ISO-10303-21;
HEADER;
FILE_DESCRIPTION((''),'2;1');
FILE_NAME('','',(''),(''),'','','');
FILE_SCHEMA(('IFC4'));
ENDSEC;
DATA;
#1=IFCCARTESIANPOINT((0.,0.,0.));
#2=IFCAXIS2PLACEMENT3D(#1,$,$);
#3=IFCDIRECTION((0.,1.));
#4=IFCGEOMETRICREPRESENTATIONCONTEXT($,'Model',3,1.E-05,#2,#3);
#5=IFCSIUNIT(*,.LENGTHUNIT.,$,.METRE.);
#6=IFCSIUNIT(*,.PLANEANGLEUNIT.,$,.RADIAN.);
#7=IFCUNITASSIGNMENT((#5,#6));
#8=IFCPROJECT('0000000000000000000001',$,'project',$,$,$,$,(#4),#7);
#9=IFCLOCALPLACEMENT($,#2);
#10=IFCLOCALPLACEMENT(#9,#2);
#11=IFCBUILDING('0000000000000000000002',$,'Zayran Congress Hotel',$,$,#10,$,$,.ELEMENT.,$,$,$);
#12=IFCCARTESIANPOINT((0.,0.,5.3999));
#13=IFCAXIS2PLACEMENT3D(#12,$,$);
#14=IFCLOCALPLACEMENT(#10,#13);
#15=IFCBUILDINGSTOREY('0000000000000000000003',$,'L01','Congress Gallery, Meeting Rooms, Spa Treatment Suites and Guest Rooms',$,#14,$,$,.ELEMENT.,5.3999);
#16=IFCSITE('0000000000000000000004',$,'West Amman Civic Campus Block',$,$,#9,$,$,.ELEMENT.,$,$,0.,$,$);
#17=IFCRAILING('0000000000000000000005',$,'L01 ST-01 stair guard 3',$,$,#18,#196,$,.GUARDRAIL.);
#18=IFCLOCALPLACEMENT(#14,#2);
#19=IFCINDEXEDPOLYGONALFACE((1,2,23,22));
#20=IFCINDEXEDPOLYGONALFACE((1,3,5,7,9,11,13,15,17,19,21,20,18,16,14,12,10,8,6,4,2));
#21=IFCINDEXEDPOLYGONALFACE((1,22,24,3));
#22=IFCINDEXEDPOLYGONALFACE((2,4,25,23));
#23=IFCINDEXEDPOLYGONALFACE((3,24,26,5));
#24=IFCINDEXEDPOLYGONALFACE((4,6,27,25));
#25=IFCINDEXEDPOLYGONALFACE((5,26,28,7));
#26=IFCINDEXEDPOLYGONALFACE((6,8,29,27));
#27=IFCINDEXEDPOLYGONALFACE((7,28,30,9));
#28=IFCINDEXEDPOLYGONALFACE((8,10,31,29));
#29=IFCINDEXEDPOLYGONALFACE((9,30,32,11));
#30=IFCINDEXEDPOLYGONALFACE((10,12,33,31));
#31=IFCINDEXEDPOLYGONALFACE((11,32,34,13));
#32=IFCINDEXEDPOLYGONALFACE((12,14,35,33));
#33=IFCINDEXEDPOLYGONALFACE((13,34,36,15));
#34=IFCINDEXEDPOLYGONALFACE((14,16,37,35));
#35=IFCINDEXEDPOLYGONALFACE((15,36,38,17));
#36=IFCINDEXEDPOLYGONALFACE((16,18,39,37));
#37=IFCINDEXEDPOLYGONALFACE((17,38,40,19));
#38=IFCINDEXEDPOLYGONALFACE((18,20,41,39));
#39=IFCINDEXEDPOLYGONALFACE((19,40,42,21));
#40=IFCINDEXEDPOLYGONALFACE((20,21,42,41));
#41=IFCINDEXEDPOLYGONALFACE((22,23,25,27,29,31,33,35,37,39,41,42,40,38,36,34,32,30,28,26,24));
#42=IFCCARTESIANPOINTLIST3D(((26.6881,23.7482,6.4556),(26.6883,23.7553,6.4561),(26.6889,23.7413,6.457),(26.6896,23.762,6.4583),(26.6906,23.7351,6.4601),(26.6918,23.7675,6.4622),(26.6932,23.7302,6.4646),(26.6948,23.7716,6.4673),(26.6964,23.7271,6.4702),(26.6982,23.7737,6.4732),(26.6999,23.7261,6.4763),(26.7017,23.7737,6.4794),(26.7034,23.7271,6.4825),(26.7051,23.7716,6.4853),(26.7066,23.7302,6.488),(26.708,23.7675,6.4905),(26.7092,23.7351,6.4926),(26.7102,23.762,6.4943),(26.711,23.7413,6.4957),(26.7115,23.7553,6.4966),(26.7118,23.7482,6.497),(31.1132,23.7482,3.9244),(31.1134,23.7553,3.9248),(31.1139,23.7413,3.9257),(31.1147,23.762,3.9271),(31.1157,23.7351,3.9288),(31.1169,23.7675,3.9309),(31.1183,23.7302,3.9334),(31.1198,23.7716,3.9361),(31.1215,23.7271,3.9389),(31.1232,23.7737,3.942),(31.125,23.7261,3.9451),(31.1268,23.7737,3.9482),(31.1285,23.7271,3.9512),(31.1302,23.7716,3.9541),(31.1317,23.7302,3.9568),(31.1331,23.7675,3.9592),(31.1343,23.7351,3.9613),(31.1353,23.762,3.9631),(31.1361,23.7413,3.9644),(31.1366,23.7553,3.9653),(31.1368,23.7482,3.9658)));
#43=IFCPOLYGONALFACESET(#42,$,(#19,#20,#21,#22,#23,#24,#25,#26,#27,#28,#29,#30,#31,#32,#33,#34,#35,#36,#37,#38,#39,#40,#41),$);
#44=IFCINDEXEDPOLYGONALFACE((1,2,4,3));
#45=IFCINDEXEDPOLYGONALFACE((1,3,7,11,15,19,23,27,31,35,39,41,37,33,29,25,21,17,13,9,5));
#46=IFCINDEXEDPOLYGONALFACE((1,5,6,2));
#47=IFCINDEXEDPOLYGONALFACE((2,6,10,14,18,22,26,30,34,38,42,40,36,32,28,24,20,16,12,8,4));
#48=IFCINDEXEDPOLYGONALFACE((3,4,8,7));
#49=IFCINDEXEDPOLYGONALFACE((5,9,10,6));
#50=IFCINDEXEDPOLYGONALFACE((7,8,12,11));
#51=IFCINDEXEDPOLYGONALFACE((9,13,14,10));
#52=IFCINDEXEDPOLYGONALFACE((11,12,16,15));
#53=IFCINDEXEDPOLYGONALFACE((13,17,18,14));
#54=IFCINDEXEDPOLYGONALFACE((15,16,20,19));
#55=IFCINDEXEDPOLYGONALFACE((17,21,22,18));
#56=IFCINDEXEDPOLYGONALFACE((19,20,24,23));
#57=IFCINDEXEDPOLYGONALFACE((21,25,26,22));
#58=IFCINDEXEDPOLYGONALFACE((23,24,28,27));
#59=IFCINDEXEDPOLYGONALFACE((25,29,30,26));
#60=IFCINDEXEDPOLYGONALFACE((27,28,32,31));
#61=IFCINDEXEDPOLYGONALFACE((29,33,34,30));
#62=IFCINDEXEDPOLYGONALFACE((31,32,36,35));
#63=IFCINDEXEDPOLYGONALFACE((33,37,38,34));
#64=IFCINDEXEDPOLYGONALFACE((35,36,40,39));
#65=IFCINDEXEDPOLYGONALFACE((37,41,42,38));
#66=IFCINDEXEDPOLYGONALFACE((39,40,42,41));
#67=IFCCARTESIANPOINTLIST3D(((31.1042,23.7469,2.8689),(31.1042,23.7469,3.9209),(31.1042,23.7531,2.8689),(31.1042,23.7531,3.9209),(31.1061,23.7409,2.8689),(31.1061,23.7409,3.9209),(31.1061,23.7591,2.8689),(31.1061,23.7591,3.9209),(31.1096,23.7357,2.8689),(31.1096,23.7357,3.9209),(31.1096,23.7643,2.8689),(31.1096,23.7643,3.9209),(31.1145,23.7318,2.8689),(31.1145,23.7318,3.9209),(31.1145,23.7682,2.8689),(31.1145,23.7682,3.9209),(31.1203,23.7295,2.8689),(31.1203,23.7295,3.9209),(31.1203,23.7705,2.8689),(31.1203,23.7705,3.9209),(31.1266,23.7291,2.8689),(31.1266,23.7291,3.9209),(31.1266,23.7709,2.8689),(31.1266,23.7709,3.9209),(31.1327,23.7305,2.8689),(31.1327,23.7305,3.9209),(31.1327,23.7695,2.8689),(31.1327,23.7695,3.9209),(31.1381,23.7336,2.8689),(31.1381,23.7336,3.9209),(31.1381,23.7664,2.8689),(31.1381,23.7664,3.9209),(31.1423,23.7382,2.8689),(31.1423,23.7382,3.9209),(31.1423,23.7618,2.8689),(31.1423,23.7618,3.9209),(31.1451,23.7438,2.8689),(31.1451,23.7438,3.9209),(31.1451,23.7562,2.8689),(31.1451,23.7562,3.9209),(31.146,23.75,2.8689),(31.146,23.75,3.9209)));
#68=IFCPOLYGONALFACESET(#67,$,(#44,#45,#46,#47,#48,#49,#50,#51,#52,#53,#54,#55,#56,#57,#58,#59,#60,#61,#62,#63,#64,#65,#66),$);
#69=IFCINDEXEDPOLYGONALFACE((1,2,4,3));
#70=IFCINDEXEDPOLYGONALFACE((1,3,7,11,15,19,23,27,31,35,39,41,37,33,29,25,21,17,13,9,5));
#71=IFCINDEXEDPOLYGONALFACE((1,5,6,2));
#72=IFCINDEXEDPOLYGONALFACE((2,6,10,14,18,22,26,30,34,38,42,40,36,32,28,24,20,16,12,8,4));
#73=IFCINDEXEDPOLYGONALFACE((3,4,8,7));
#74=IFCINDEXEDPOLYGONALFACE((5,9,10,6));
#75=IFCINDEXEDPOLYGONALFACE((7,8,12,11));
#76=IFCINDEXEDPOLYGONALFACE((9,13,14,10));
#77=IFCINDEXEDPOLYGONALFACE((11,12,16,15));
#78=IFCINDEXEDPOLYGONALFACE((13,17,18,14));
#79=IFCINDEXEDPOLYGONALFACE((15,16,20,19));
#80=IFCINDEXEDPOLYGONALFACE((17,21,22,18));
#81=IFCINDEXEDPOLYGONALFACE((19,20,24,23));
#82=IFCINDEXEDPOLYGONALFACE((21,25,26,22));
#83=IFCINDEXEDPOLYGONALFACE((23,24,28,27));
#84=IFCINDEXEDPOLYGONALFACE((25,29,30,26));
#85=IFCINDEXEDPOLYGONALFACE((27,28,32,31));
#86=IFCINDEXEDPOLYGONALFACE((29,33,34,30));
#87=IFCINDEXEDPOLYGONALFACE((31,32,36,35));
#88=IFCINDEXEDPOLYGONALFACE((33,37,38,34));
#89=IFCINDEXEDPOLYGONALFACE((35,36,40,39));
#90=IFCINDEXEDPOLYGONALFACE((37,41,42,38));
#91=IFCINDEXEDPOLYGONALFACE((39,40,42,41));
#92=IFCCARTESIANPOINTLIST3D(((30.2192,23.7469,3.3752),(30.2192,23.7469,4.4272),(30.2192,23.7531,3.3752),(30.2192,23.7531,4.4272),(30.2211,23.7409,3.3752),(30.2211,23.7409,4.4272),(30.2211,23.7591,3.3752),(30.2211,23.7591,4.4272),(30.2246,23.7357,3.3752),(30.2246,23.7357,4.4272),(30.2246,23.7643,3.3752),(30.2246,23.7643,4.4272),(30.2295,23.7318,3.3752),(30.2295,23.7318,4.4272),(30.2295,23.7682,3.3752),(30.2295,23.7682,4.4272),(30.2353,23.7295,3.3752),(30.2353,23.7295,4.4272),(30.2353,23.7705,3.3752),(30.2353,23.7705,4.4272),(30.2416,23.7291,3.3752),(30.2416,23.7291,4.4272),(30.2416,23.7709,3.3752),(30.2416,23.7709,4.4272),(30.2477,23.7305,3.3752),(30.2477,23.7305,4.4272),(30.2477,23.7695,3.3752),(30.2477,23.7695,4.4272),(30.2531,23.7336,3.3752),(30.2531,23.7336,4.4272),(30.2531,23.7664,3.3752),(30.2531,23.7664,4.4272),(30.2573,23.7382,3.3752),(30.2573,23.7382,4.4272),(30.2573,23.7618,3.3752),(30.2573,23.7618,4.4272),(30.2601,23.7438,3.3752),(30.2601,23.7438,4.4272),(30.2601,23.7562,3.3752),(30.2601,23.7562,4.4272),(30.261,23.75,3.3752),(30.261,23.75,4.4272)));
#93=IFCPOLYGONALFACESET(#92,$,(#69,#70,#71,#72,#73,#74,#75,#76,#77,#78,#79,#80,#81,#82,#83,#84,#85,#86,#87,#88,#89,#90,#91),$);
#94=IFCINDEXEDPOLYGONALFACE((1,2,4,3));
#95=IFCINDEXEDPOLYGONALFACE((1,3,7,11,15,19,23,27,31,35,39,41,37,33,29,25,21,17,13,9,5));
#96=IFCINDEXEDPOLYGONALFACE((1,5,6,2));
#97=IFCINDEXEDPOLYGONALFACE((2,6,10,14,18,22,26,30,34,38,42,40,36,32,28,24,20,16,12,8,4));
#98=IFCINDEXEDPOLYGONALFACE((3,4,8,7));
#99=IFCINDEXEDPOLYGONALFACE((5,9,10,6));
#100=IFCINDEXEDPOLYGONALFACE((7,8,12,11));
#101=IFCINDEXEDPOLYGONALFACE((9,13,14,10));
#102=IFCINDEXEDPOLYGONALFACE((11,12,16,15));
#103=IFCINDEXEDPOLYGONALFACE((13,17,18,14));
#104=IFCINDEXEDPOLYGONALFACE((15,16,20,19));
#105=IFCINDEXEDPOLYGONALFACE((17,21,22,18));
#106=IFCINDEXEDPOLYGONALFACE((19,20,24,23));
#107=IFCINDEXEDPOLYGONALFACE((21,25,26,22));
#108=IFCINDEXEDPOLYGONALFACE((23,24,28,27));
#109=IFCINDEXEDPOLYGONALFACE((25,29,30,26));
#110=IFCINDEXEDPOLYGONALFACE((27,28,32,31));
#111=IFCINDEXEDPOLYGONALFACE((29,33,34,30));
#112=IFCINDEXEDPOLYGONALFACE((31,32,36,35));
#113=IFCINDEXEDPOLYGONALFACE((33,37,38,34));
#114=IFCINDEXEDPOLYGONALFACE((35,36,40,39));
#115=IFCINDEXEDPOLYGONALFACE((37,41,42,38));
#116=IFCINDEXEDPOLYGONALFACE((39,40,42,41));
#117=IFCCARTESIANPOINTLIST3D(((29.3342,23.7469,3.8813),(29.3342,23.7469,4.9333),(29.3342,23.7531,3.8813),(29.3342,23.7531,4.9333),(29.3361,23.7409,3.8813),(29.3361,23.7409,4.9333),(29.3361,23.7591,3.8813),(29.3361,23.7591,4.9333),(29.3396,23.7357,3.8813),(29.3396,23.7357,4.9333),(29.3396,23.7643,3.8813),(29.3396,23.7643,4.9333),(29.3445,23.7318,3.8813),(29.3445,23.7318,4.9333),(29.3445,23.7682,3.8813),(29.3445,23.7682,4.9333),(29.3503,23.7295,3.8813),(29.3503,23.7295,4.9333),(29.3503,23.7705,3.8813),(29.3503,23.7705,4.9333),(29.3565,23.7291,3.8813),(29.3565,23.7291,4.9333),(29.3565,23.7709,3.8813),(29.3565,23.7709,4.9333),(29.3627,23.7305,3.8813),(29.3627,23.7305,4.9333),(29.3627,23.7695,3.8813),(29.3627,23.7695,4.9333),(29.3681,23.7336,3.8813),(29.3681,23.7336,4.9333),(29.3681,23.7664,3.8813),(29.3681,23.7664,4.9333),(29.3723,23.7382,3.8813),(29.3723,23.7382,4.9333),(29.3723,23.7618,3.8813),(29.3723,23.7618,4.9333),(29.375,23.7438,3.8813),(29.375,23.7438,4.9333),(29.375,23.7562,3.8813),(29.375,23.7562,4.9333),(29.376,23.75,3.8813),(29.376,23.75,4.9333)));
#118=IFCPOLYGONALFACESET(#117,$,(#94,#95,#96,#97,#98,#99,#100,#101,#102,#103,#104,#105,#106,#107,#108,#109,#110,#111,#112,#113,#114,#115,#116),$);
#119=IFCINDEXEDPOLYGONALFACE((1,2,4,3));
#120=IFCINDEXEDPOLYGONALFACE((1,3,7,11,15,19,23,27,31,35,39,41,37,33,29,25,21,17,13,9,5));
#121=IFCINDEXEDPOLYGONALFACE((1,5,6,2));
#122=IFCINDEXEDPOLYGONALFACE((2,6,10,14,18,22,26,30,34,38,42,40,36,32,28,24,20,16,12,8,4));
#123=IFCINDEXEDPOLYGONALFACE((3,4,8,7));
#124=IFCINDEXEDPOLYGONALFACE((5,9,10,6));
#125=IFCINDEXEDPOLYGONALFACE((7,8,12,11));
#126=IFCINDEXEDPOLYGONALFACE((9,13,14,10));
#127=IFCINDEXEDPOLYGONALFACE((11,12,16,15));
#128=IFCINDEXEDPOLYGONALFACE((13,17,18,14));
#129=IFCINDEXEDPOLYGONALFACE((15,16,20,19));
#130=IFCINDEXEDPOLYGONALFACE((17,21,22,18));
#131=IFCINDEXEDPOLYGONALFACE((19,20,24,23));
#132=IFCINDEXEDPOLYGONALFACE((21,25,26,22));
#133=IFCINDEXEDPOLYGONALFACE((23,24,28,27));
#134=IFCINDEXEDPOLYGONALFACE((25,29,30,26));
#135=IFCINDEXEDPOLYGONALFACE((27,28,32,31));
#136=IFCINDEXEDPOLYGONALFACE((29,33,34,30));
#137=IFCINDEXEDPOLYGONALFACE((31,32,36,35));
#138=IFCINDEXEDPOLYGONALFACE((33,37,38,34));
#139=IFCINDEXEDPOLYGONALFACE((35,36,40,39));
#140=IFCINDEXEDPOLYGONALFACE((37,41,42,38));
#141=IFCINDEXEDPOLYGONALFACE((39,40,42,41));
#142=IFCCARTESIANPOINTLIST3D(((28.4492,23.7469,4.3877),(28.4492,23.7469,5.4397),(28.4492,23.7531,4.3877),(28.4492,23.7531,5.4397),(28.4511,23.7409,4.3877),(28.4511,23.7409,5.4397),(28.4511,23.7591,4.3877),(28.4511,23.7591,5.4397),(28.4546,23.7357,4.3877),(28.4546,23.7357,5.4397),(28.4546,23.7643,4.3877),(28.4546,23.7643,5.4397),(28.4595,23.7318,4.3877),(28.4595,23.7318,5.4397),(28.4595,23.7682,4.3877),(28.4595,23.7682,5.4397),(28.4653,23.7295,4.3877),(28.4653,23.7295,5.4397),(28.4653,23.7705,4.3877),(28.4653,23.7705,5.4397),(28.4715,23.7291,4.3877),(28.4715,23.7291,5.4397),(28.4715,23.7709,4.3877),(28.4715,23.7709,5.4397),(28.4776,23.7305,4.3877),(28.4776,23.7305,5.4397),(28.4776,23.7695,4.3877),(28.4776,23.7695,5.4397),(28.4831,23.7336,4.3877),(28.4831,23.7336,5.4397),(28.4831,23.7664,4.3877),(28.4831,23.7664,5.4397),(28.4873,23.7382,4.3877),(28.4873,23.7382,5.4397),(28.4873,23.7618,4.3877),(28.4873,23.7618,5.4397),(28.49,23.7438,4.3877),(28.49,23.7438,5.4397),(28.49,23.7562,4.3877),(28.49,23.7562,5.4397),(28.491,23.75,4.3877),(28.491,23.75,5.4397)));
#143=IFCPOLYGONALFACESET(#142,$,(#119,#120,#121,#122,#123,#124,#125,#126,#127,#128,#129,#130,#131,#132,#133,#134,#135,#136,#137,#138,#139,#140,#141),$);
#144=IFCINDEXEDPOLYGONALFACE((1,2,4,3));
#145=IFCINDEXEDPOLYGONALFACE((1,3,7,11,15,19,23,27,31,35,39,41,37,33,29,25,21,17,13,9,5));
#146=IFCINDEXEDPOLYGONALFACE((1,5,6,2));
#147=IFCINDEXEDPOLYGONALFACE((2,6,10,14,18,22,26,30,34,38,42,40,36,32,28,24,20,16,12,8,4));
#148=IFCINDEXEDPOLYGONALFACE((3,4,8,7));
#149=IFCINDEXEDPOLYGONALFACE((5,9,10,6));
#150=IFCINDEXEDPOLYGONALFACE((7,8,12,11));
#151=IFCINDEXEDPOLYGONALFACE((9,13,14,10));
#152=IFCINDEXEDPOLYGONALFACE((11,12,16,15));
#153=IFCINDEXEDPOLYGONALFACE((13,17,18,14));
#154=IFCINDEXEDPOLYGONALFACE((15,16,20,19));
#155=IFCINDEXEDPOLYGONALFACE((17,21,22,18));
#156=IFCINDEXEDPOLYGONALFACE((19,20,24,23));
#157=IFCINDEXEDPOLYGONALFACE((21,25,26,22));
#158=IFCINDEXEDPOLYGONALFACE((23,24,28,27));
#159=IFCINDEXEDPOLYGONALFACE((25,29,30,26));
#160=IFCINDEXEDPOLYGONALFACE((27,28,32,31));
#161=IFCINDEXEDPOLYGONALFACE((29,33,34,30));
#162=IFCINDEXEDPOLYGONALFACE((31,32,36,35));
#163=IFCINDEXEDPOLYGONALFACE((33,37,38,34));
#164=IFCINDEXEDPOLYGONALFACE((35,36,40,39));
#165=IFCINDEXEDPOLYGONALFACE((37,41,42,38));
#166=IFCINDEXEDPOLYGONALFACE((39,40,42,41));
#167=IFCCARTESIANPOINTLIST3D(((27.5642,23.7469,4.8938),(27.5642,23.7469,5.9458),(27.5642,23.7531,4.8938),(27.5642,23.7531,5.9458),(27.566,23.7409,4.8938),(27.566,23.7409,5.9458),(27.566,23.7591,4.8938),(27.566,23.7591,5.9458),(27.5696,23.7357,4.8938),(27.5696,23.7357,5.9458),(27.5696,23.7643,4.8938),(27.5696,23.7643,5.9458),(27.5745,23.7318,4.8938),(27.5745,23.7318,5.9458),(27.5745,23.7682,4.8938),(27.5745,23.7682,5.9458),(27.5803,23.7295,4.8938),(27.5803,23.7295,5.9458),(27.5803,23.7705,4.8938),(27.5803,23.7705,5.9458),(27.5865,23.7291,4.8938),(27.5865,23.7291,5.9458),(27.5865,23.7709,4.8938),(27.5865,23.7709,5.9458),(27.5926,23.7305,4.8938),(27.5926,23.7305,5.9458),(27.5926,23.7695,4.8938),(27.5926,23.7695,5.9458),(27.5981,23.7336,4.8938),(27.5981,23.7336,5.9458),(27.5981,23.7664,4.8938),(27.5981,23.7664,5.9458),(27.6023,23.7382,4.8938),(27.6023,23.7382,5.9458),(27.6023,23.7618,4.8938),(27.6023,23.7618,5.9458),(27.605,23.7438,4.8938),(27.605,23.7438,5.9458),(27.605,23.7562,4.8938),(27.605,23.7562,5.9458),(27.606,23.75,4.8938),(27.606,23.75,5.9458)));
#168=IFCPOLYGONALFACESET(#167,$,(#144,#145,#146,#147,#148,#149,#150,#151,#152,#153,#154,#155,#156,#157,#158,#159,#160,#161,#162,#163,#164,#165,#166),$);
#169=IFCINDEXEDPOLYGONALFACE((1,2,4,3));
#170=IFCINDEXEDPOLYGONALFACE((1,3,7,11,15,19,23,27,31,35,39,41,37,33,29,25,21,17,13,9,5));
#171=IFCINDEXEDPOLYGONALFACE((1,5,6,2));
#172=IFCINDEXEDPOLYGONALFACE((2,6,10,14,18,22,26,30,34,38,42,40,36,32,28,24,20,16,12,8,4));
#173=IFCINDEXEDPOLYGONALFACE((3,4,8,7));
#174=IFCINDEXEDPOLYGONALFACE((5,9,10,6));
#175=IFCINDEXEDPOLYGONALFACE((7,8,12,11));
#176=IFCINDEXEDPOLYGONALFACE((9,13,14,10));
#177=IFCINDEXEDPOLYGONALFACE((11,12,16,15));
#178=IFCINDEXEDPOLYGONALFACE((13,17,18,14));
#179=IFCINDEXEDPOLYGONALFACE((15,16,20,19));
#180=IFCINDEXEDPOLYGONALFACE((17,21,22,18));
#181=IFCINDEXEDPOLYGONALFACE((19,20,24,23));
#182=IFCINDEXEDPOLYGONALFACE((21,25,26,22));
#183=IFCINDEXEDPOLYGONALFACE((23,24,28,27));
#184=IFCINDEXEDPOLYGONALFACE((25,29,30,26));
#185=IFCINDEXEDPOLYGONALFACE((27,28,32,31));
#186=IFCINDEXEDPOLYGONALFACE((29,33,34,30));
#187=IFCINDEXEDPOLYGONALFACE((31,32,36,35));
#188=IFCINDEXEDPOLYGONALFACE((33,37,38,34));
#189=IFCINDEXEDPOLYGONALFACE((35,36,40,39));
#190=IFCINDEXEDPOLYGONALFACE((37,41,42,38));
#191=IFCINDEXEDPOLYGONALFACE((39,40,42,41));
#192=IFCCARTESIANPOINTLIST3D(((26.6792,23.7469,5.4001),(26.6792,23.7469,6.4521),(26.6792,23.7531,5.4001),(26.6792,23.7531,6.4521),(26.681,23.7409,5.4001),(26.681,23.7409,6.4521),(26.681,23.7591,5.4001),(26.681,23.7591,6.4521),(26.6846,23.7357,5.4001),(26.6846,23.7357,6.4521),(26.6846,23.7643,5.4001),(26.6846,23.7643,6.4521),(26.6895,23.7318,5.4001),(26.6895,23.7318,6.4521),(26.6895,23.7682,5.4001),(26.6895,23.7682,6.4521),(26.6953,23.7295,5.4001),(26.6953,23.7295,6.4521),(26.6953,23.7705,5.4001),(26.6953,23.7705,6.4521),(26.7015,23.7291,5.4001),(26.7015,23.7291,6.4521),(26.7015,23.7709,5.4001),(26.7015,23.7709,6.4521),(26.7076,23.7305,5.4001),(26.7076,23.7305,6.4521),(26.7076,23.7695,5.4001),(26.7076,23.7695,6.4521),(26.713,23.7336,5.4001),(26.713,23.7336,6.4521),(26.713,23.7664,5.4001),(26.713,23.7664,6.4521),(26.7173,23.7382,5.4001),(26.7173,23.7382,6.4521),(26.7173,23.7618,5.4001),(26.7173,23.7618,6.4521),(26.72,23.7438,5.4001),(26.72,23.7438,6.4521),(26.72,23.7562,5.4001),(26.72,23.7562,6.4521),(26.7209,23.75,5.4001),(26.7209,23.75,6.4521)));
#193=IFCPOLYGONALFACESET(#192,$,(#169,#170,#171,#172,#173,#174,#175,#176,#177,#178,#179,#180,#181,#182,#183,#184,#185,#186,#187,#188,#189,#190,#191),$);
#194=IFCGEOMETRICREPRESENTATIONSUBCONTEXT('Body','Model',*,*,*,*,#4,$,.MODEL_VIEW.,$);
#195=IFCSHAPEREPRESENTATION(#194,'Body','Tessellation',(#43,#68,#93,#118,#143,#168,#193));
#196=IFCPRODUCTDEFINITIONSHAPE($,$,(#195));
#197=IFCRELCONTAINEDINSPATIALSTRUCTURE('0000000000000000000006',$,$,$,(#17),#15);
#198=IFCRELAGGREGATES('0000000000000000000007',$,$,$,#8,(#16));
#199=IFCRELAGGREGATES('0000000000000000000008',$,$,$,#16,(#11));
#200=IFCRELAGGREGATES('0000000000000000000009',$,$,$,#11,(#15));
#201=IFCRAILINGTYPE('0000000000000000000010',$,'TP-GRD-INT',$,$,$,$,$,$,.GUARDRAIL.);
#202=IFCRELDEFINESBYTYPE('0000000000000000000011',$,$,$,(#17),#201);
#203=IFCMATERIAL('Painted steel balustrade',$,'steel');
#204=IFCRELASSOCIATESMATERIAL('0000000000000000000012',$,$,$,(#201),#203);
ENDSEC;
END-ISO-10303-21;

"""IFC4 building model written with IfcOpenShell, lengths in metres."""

from ifc_helpers import new_model, si_unit, direction, frame, origin, origin_2d, place, context, subcontext, project, spatial, circle, extrude, material, type_object, element, save


model = new_model("IFC4")

# Units and contexts
model_context = context("Model", 3, precision=1e-05, world=origin(), true_north=direction((0.0, 1.0)))
body_context = subcontext(model_context, "Body", "Model", "MODEL_VIEW")
ifc_project = project(units=[si_unit("LENGTHUNIT", "METRE"), si_unit("PLANEANGLEUNIT", "RADIAN")], contexts=[model_context])

# Site, building, storey
site_placement = place(None, origin())
site = spatial("IfcSite", under=ifc_project, at=site_placement, Name="West Amman Civic Campus Block", CompositionType="ELEMENT", RefElevation=0.0)
building_placement = place(site_placement, origin())
building = spatial("IfcBuilding", under=site, at=building_placement, Name="Zayran Congress Hotel", CompositionType="ELEMENT")
storey_placement = place(building_placement, frame((0.0, 0.0, 5.3999)))
storey = spatial("IfcBuildingStorey", under=building, at=storey_placement, Name="L01", Description="Congress Gallery, Meeting Rooms, Spa Treatment Suites and Guest Rooms", CompositionType="ELEMENT", Elevation=5.3999)

# Railing
ifc_material_1 = material(Name="Painted steel balustrade", Category="steel")
railing_type_1 = type_object("IfcRailingType", Name="TP-GRD-INT", PredefinedType="GUARDRAIL", material=ifc_material_1)
railing_1_placement = place(storey_placement, frame((31.125, 23.75, 2.8689)))
element("IfcRailing", 1, at=railing_1_placement, inside=storey, type_object=railing_type_1, Name="L01 ST-01 stair guard 3", PredefinedType="GUARDRAIL", context=body_context, shape_type="SweptSolid", body=[
    extrude(circle(Radius=0.0239, at=origin_2d()), frame((0.0, 0.0, 1.0762), z_axis=(-0.868019, 0.0, 0.496531), x_axis=(0.0, -1.0, 0.0)), (0.0, 0.0, 1.0), 5.0979),
    extrude(circle(Radius=0.021, at=origin_2d()), origin(), (0.0, 0.0, 1.0), 1.052),
    extrude(circle(Radius=0.021, at=origin_2d()), frame((-0.885, 0.0, 0.5063)), (0.0, 0.0, 1.0), 1.052),
    extrude(circle(Radius=0.021, at=origin_2d()), frame((-1.77, 0.0, 1.0125)), (0.0, 0.0, 1.0), 1.052),
    extrude(circle(Radius=0.021, at=origin_2d()), frame((-2.655, 0.0, 1.5188)), (0.0, 0.0, 1.0), 1.052),
    extrude(circle(Radius=0.021, at=origin_2d()), frame((-3.54, 0.0, 2.0249)), (0.0, 0.0, 1.0), 1.052),
    extrude(circle(Radius=0.021, at=origin_2d()), frame((-4.425, 0.0, 2.5312)), (0.0, 0.0, 1.0), 1.052),
])

save(model, "model.ifc")
